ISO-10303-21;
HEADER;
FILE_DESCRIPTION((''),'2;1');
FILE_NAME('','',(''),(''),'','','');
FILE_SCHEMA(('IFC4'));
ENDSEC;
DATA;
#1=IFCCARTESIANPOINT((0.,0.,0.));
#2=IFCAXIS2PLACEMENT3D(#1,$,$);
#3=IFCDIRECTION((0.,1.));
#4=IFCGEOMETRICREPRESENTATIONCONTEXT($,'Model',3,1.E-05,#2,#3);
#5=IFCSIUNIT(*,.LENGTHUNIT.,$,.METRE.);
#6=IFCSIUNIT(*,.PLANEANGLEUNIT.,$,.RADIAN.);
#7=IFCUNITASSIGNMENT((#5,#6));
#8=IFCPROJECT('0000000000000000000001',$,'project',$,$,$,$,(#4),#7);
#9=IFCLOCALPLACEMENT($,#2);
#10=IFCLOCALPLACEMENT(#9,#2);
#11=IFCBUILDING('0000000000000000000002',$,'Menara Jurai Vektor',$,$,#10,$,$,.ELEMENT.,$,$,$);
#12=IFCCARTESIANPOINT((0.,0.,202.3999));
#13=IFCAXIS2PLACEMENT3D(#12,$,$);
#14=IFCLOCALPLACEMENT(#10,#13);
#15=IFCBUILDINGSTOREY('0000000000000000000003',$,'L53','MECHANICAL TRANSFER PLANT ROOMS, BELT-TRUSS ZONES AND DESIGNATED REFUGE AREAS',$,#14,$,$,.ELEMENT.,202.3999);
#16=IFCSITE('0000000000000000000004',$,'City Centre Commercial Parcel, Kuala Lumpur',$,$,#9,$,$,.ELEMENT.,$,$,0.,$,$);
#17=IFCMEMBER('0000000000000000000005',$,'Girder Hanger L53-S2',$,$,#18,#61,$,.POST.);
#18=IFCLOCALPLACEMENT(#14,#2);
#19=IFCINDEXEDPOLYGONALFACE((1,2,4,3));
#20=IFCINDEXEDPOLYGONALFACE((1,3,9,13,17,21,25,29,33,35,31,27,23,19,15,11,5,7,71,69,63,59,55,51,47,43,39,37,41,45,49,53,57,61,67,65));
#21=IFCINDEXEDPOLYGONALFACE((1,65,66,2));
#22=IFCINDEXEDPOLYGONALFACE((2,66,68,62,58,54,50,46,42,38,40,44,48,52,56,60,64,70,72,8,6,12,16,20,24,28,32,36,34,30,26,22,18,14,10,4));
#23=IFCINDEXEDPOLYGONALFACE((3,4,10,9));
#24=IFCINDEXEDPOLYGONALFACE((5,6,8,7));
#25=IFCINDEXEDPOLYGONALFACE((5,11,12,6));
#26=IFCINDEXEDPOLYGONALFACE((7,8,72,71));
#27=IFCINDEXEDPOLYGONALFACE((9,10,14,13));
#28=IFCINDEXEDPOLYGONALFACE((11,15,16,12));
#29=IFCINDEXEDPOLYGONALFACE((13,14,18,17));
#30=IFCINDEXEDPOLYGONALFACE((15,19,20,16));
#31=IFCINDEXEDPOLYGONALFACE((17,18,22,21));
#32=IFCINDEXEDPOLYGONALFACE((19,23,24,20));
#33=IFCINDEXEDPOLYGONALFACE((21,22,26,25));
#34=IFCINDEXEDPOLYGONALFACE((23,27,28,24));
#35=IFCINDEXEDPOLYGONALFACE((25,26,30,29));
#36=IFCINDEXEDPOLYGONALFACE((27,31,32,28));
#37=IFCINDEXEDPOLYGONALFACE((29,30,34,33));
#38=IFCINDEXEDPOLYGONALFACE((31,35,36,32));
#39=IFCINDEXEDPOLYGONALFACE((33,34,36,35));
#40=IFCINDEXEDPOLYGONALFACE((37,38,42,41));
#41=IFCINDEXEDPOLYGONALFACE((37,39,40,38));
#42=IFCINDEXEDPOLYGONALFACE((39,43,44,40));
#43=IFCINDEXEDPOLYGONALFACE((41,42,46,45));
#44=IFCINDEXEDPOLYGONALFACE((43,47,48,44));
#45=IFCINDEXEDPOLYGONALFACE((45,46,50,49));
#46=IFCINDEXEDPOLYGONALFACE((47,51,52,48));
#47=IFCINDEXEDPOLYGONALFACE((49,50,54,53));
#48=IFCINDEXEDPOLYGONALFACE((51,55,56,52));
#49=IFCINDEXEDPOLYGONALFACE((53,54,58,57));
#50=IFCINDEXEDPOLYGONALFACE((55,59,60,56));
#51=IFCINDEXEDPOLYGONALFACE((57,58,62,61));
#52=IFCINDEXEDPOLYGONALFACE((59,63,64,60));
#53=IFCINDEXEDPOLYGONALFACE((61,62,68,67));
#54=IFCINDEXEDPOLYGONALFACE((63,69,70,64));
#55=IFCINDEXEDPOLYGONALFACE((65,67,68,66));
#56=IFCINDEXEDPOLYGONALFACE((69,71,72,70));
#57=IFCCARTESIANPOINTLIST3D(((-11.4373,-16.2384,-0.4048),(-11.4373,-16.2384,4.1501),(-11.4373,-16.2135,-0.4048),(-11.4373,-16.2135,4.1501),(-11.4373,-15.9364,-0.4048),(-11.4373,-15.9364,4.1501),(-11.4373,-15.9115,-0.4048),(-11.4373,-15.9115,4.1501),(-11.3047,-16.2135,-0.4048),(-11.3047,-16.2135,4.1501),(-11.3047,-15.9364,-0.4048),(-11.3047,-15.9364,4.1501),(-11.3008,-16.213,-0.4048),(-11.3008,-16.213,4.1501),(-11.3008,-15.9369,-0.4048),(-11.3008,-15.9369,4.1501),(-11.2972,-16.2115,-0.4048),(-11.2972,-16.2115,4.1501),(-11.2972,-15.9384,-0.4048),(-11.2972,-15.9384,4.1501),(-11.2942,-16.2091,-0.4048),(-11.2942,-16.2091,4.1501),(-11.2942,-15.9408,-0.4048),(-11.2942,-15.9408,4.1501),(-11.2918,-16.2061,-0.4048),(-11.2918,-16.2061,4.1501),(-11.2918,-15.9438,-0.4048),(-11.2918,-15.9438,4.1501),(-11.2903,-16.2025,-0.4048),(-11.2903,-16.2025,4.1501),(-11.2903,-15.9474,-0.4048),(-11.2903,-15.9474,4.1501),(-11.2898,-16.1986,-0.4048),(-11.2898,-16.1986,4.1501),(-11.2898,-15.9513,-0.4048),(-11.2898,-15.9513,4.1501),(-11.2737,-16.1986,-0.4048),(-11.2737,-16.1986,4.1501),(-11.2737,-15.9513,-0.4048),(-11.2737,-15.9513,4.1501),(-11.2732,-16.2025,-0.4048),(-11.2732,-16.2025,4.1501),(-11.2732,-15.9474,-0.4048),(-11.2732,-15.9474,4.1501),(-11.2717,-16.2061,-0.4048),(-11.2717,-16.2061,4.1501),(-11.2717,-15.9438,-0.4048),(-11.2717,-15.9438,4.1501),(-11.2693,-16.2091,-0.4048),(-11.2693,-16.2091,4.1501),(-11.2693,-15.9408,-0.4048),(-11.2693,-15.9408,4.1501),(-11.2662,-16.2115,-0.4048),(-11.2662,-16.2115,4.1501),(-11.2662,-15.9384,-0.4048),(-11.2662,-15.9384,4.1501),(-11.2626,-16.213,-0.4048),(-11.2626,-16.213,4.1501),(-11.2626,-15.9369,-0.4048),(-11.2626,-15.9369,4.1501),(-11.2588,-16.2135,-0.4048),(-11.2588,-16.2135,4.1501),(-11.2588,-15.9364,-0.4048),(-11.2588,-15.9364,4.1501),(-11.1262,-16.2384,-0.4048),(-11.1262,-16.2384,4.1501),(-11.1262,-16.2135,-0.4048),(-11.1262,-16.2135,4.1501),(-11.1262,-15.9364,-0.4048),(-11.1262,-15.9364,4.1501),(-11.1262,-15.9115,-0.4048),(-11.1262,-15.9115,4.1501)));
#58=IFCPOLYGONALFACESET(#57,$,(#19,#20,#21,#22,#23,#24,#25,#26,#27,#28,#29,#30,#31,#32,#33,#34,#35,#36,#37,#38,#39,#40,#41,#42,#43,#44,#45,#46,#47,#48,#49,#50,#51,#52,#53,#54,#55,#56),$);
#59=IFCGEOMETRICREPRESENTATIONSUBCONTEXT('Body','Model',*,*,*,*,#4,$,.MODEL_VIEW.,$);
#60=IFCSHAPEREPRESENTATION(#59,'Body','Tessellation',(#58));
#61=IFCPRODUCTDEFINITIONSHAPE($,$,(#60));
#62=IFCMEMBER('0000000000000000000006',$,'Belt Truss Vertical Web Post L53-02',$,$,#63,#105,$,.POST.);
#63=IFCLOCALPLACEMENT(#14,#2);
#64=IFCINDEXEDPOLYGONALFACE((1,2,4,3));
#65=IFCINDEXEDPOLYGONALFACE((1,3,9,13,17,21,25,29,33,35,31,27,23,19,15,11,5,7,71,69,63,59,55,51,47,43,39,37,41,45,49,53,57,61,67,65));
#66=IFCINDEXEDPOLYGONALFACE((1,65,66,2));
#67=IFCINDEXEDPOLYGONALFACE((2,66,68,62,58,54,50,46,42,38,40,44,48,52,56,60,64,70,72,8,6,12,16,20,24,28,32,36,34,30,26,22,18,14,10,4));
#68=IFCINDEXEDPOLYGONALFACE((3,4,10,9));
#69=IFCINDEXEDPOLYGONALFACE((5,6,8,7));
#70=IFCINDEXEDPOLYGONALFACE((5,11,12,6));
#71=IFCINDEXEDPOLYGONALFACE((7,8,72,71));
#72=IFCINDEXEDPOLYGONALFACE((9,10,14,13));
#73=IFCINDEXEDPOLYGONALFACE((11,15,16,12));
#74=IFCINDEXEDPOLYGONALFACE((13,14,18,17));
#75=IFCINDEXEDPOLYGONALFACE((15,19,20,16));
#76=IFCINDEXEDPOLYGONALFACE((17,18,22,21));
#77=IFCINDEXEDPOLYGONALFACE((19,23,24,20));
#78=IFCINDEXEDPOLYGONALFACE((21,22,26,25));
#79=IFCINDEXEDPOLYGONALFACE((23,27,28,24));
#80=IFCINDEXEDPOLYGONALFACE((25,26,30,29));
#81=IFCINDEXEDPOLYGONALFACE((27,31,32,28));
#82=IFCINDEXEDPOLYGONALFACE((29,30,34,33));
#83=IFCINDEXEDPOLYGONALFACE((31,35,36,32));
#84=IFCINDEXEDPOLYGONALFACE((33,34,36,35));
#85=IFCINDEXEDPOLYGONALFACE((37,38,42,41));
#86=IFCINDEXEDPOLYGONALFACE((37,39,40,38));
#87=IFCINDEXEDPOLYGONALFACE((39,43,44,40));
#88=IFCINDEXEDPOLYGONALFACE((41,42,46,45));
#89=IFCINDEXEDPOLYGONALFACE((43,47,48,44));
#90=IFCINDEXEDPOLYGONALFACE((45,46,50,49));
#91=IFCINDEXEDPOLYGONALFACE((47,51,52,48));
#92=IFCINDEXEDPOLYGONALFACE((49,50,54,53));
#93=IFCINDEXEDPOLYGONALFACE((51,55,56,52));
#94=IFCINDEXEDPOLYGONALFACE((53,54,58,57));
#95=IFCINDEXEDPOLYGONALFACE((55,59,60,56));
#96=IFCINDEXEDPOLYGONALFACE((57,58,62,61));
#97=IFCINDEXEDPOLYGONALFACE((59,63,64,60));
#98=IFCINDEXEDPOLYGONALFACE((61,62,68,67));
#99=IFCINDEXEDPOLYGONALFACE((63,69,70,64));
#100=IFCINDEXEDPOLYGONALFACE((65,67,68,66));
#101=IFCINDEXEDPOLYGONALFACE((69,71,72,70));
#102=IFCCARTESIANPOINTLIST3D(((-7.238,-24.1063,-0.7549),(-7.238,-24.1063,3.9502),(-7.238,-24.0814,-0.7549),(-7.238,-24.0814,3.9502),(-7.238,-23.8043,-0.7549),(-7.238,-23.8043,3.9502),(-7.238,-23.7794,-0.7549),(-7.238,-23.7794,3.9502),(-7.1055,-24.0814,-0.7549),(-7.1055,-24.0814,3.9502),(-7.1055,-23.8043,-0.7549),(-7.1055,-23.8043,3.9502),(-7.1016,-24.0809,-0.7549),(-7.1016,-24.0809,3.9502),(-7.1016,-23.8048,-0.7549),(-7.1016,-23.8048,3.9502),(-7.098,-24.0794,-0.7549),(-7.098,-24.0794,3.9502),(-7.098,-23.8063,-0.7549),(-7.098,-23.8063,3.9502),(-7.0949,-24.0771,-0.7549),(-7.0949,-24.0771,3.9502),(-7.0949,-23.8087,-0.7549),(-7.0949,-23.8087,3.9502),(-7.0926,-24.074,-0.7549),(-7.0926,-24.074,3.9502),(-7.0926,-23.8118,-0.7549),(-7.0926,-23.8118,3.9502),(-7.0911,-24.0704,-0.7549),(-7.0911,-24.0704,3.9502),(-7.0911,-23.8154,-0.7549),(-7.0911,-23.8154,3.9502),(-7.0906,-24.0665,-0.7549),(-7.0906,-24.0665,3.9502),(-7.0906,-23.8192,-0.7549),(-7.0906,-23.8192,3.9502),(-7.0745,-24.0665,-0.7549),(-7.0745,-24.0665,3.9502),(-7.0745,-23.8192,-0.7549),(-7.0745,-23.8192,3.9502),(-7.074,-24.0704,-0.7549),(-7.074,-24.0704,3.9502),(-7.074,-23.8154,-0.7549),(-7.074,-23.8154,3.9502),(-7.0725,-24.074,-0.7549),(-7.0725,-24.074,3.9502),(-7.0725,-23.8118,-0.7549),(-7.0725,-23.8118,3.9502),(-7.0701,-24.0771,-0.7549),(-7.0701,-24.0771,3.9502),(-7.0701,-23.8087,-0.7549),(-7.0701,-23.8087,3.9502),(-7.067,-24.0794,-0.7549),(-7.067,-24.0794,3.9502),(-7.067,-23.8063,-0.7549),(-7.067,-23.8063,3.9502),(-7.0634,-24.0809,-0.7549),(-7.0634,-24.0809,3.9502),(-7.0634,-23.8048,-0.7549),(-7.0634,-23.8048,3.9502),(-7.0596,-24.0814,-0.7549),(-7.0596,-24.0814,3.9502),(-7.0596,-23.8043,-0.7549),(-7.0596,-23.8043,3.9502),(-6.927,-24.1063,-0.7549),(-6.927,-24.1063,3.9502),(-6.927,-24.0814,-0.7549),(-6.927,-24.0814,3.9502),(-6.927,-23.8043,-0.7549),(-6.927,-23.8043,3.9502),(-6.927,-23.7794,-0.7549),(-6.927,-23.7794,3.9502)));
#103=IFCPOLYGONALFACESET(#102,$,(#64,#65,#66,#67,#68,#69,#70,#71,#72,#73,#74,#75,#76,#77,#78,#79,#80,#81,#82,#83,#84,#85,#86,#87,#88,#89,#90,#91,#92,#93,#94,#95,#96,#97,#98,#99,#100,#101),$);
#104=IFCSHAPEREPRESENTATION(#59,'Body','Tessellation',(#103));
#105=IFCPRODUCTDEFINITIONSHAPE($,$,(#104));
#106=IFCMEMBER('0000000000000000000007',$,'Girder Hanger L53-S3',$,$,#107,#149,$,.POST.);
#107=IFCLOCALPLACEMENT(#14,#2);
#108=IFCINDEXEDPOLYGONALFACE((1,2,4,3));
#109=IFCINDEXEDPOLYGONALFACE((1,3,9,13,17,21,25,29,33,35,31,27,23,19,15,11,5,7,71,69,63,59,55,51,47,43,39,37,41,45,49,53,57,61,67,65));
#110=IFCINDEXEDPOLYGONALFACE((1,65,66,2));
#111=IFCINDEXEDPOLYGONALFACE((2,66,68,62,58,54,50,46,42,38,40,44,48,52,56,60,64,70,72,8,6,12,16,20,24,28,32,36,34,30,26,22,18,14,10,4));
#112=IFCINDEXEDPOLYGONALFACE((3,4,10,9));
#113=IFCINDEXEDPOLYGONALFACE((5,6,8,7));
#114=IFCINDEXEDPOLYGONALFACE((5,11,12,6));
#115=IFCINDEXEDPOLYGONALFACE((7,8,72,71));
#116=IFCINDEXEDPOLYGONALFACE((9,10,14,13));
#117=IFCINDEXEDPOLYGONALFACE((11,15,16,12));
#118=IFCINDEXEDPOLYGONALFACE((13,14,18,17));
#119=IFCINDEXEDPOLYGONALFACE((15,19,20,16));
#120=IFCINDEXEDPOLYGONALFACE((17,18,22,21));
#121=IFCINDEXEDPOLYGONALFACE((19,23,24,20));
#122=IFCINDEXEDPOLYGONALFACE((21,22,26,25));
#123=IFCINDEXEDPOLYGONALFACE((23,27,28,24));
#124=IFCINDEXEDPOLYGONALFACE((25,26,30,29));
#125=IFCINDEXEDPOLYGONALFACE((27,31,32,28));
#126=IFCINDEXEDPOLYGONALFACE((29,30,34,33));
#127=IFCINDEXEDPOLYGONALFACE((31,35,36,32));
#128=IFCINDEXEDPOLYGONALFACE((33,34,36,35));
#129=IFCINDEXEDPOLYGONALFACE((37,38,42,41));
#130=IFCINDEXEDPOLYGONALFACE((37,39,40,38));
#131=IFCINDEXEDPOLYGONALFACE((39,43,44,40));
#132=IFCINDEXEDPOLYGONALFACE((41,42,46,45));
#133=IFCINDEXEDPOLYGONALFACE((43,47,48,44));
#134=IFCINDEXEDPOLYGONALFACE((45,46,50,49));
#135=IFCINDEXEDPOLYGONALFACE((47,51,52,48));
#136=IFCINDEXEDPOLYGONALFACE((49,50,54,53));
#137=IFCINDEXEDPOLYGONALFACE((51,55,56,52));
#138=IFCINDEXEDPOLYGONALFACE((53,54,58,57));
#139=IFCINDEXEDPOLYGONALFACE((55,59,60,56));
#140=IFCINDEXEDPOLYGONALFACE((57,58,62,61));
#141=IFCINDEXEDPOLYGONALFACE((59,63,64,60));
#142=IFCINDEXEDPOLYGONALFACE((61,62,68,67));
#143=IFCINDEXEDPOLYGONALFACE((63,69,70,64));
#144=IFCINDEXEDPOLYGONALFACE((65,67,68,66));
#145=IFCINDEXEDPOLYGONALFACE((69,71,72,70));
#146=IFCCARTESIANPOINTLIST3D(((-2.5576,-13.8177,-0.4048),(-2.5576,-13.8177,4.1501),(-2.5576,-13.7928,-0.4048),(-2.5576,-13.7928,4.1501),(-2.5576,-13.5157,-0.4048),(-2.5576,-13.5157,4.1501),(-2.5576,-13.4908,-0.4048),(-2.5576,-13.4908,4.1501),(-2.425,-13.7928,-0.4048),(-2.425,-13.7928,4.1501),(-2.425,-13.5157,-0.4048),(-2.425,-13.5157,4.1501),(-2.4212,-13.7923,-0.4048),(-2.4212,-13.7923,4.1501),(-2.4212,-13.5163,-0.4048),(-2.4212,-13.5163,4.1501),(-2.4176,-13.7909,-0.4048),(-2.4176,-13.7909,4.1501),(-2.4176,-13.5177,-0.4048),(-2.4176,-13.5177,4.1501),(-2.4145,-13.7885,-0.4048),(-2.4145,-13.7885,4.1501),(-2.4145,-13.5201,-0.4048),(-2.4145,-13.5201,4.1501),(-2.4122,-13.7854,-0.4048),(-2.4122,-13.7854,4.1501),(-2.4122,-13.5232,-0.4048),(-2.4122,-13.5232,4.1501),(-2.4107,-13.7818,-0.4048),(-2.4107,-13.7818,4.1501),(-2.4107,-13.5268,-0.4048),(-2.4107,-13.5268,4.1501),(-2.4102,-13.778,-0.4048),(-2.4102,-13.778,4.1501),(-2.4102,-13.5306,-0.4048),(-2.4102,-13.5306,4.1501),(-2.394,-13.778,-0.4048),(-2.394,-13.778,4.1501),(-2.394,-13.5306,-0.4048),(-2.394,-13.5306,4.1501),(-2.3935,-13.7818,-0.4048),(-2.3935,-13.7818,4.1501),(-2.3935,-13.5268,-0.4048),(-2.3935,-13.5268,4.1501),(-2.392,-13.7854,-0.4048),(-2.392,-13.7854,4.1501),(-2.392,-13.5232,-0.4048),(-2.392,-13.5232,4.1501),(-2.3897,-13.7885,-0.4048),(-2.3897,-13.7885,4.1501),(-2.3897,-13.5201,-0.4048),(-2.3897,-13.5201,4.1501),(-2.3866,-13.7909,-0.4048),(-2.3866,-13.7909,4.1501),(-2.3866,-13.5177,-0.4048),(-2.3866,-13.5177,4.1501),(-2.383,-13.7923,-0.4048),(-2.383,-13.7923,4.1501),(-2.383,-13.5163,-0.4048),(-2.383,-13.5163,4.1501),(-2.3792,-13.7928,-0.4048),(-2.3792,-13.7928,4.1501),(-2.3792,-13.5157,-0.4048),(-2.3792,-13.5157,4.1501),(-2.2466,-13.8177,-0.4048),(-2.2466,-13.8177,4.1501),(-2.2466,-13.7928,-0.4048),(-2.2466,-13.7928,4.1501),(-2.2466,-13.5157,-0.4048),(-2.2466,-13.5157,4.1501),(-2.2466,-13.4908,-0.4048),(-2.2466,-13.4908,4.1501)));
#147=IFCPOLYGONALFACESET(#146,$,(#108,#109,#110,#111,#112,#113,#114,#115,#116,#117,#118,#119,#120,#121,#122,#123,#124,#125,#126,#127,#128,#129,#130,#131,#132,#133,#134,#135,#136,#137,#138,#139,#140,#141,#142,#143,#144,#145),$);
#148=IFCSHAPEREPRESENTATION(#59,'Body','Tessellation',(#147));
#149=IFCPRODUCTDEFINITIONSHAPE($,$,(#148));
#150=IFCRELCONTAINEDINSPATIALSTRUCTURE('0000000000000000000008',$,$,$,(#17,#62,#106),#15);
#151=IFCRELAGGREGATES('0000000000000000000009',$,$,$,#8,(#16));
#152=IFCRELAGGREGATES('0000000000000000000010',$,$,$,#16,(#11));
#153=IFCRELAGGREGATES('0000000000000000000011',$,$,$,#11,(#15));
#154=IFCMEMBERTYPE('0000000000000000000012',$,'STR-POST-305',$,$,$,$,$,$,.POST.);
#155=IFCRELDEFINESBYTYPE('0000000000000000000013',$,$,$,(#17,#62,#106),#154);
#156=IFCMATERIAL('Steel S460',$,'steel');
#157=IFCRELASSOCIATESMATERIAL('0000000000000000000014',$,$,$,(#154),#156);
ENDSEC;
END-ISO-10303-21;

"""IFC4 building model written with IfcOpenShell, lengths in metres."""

from ifc_helpers import new_model, si_unit, direction, frame, origin, origin_2d, place, context, subcontext, project, spatial, i_section, extrude, material, material_profile, profile_set, type_object, element, save


model = new_model("IFC4")

# Units and contexts
model_context = context("Model", 3, precision=1e-05, world=origin(), true_north=direction((0.0, 1.0)))
body_context = subcontext(model_context, "Body", "Model", "MODEL_VIEW")
ifc_project = project(units=[si_unit("LENGTHUNIT", "METRE"), si_unit("PLANEANGLEUNIT", "RADIAN")], contexts=[model_context])

# Site, building, storey
site_placement = place(None, origin())
site = spatial("IfcSite", under=ifc_project, at=site_placement, Name="City Centre Commercial Parcel, Kuala Lumpur", CompositionType="ELEMENT", RefElevation=0.0)
building_placement = place(site_placement, origin())
building = spatial("IfcBuilding", under=site, at=building_placement, Name="Menara Jurai Vektor", CompositionType="ELEMENT")
storey_placement = place(building_placement, frame((0.0, 0.0, 202.3999)))
storey = spatial("IfcBuildingStorey", under=building, at=storey_placement, Name="L53", Description="MECHANICAL TRANSFER PLANT ROOMS, BELT-TRUSS ZONES AND DESIGNATED REFUGE AREAS", CompositionType="ELEMENT", Elevation=202.3999)

# Shared definitions
ifc_material_1 = material(Name="Steel S460", Category="steel")

# Members
ifc_material_profile_1 = material_profile(ifc_material_1, i_section(OverallWidth=0.311, OverallDepth=0.3269, WebThickness=0.0161, FlangeThickness=0.0249, FilletRadius=0.0149, at=origin_2d()), Name="UKC 305x305x158")
ifc_profile_set_1 = profile_set([ifc_material_profile_1], Name="Steel S460")
member_type_1 = type_object("IfcMemberType", Name="STR-POST-305", PredefinedType="POST", material=ifc_profile_set_1)
member_1_placement = place(storey_placement, frame((-11.2817, -16.075, -0.4048), z_axis=(0.0, 0.0, 1.0), x_axis=(1.0, 0.0, 0.0)))
element("IfcMember", 1, at=member_1_placement, inside=storey, type_object=member_type_1, Name="Girder Hanger L53-S2", PredefinedType="POST", context=body_context, shape_type="SweptSolid", body=[
    extrude(i_section(OverallWidth=0.311, OverallDepth=0.3269, WebThickness=0.0161, FlangeThickness=0.0249, FilletRadius=0.0149, at=origin_2d()), origin(), (0.0, 0.0, 1.0), 4.5549),
])
member_2_placement = place(storey_placement, frame((-7.0825, -23.9429, -0.7549), z_axis=(0.0, 0.0, 1.0), x_axis=(1.0, 0.0, 0.0)))
element("IfcMember", 2, at=member_2_placement, inside=storey, type_object=member_type_1, Name="Belt Truss Vertical Web Post L53-02", PredefinedType="POST", context=body_context, shape_type="SweptSolid", body=[
    extrude(i_section(OverallWidth=0.311, OverallDepth=0.3269, WebThickness=0.0161, FlangeThickness=0.0249, FilletRadius=0.0149, at=origin_2d()), origin(), (0.0, 0.0, 1.0), 4.7051),
])
member_3_placement = place(storey_placement, frame((-2.4021, -13.6543, -0.4048), z_axis=(0.0, 0.0, 1.0), x_axis=(1.0, 0.0, 0.0)))
element("IfcMember", 3, at=member_3_placement, inside=storey, type_object=member_type_1, Name="Girder Hanger L53-S3", PredefinedType="POST", context=body_context, shape_type="SweptSolid", body=[
    extrude(i_section(OverallWidth=0.311, OverallDepth=0.3269, WebThickness=0.0161, FlangeThickness=0.0249, FilletRadius=0.0149, at=origin_2d()), origin(), (0.0, 0.0, 1.0), 4.5549),
])

save(model, "model.ifc")
